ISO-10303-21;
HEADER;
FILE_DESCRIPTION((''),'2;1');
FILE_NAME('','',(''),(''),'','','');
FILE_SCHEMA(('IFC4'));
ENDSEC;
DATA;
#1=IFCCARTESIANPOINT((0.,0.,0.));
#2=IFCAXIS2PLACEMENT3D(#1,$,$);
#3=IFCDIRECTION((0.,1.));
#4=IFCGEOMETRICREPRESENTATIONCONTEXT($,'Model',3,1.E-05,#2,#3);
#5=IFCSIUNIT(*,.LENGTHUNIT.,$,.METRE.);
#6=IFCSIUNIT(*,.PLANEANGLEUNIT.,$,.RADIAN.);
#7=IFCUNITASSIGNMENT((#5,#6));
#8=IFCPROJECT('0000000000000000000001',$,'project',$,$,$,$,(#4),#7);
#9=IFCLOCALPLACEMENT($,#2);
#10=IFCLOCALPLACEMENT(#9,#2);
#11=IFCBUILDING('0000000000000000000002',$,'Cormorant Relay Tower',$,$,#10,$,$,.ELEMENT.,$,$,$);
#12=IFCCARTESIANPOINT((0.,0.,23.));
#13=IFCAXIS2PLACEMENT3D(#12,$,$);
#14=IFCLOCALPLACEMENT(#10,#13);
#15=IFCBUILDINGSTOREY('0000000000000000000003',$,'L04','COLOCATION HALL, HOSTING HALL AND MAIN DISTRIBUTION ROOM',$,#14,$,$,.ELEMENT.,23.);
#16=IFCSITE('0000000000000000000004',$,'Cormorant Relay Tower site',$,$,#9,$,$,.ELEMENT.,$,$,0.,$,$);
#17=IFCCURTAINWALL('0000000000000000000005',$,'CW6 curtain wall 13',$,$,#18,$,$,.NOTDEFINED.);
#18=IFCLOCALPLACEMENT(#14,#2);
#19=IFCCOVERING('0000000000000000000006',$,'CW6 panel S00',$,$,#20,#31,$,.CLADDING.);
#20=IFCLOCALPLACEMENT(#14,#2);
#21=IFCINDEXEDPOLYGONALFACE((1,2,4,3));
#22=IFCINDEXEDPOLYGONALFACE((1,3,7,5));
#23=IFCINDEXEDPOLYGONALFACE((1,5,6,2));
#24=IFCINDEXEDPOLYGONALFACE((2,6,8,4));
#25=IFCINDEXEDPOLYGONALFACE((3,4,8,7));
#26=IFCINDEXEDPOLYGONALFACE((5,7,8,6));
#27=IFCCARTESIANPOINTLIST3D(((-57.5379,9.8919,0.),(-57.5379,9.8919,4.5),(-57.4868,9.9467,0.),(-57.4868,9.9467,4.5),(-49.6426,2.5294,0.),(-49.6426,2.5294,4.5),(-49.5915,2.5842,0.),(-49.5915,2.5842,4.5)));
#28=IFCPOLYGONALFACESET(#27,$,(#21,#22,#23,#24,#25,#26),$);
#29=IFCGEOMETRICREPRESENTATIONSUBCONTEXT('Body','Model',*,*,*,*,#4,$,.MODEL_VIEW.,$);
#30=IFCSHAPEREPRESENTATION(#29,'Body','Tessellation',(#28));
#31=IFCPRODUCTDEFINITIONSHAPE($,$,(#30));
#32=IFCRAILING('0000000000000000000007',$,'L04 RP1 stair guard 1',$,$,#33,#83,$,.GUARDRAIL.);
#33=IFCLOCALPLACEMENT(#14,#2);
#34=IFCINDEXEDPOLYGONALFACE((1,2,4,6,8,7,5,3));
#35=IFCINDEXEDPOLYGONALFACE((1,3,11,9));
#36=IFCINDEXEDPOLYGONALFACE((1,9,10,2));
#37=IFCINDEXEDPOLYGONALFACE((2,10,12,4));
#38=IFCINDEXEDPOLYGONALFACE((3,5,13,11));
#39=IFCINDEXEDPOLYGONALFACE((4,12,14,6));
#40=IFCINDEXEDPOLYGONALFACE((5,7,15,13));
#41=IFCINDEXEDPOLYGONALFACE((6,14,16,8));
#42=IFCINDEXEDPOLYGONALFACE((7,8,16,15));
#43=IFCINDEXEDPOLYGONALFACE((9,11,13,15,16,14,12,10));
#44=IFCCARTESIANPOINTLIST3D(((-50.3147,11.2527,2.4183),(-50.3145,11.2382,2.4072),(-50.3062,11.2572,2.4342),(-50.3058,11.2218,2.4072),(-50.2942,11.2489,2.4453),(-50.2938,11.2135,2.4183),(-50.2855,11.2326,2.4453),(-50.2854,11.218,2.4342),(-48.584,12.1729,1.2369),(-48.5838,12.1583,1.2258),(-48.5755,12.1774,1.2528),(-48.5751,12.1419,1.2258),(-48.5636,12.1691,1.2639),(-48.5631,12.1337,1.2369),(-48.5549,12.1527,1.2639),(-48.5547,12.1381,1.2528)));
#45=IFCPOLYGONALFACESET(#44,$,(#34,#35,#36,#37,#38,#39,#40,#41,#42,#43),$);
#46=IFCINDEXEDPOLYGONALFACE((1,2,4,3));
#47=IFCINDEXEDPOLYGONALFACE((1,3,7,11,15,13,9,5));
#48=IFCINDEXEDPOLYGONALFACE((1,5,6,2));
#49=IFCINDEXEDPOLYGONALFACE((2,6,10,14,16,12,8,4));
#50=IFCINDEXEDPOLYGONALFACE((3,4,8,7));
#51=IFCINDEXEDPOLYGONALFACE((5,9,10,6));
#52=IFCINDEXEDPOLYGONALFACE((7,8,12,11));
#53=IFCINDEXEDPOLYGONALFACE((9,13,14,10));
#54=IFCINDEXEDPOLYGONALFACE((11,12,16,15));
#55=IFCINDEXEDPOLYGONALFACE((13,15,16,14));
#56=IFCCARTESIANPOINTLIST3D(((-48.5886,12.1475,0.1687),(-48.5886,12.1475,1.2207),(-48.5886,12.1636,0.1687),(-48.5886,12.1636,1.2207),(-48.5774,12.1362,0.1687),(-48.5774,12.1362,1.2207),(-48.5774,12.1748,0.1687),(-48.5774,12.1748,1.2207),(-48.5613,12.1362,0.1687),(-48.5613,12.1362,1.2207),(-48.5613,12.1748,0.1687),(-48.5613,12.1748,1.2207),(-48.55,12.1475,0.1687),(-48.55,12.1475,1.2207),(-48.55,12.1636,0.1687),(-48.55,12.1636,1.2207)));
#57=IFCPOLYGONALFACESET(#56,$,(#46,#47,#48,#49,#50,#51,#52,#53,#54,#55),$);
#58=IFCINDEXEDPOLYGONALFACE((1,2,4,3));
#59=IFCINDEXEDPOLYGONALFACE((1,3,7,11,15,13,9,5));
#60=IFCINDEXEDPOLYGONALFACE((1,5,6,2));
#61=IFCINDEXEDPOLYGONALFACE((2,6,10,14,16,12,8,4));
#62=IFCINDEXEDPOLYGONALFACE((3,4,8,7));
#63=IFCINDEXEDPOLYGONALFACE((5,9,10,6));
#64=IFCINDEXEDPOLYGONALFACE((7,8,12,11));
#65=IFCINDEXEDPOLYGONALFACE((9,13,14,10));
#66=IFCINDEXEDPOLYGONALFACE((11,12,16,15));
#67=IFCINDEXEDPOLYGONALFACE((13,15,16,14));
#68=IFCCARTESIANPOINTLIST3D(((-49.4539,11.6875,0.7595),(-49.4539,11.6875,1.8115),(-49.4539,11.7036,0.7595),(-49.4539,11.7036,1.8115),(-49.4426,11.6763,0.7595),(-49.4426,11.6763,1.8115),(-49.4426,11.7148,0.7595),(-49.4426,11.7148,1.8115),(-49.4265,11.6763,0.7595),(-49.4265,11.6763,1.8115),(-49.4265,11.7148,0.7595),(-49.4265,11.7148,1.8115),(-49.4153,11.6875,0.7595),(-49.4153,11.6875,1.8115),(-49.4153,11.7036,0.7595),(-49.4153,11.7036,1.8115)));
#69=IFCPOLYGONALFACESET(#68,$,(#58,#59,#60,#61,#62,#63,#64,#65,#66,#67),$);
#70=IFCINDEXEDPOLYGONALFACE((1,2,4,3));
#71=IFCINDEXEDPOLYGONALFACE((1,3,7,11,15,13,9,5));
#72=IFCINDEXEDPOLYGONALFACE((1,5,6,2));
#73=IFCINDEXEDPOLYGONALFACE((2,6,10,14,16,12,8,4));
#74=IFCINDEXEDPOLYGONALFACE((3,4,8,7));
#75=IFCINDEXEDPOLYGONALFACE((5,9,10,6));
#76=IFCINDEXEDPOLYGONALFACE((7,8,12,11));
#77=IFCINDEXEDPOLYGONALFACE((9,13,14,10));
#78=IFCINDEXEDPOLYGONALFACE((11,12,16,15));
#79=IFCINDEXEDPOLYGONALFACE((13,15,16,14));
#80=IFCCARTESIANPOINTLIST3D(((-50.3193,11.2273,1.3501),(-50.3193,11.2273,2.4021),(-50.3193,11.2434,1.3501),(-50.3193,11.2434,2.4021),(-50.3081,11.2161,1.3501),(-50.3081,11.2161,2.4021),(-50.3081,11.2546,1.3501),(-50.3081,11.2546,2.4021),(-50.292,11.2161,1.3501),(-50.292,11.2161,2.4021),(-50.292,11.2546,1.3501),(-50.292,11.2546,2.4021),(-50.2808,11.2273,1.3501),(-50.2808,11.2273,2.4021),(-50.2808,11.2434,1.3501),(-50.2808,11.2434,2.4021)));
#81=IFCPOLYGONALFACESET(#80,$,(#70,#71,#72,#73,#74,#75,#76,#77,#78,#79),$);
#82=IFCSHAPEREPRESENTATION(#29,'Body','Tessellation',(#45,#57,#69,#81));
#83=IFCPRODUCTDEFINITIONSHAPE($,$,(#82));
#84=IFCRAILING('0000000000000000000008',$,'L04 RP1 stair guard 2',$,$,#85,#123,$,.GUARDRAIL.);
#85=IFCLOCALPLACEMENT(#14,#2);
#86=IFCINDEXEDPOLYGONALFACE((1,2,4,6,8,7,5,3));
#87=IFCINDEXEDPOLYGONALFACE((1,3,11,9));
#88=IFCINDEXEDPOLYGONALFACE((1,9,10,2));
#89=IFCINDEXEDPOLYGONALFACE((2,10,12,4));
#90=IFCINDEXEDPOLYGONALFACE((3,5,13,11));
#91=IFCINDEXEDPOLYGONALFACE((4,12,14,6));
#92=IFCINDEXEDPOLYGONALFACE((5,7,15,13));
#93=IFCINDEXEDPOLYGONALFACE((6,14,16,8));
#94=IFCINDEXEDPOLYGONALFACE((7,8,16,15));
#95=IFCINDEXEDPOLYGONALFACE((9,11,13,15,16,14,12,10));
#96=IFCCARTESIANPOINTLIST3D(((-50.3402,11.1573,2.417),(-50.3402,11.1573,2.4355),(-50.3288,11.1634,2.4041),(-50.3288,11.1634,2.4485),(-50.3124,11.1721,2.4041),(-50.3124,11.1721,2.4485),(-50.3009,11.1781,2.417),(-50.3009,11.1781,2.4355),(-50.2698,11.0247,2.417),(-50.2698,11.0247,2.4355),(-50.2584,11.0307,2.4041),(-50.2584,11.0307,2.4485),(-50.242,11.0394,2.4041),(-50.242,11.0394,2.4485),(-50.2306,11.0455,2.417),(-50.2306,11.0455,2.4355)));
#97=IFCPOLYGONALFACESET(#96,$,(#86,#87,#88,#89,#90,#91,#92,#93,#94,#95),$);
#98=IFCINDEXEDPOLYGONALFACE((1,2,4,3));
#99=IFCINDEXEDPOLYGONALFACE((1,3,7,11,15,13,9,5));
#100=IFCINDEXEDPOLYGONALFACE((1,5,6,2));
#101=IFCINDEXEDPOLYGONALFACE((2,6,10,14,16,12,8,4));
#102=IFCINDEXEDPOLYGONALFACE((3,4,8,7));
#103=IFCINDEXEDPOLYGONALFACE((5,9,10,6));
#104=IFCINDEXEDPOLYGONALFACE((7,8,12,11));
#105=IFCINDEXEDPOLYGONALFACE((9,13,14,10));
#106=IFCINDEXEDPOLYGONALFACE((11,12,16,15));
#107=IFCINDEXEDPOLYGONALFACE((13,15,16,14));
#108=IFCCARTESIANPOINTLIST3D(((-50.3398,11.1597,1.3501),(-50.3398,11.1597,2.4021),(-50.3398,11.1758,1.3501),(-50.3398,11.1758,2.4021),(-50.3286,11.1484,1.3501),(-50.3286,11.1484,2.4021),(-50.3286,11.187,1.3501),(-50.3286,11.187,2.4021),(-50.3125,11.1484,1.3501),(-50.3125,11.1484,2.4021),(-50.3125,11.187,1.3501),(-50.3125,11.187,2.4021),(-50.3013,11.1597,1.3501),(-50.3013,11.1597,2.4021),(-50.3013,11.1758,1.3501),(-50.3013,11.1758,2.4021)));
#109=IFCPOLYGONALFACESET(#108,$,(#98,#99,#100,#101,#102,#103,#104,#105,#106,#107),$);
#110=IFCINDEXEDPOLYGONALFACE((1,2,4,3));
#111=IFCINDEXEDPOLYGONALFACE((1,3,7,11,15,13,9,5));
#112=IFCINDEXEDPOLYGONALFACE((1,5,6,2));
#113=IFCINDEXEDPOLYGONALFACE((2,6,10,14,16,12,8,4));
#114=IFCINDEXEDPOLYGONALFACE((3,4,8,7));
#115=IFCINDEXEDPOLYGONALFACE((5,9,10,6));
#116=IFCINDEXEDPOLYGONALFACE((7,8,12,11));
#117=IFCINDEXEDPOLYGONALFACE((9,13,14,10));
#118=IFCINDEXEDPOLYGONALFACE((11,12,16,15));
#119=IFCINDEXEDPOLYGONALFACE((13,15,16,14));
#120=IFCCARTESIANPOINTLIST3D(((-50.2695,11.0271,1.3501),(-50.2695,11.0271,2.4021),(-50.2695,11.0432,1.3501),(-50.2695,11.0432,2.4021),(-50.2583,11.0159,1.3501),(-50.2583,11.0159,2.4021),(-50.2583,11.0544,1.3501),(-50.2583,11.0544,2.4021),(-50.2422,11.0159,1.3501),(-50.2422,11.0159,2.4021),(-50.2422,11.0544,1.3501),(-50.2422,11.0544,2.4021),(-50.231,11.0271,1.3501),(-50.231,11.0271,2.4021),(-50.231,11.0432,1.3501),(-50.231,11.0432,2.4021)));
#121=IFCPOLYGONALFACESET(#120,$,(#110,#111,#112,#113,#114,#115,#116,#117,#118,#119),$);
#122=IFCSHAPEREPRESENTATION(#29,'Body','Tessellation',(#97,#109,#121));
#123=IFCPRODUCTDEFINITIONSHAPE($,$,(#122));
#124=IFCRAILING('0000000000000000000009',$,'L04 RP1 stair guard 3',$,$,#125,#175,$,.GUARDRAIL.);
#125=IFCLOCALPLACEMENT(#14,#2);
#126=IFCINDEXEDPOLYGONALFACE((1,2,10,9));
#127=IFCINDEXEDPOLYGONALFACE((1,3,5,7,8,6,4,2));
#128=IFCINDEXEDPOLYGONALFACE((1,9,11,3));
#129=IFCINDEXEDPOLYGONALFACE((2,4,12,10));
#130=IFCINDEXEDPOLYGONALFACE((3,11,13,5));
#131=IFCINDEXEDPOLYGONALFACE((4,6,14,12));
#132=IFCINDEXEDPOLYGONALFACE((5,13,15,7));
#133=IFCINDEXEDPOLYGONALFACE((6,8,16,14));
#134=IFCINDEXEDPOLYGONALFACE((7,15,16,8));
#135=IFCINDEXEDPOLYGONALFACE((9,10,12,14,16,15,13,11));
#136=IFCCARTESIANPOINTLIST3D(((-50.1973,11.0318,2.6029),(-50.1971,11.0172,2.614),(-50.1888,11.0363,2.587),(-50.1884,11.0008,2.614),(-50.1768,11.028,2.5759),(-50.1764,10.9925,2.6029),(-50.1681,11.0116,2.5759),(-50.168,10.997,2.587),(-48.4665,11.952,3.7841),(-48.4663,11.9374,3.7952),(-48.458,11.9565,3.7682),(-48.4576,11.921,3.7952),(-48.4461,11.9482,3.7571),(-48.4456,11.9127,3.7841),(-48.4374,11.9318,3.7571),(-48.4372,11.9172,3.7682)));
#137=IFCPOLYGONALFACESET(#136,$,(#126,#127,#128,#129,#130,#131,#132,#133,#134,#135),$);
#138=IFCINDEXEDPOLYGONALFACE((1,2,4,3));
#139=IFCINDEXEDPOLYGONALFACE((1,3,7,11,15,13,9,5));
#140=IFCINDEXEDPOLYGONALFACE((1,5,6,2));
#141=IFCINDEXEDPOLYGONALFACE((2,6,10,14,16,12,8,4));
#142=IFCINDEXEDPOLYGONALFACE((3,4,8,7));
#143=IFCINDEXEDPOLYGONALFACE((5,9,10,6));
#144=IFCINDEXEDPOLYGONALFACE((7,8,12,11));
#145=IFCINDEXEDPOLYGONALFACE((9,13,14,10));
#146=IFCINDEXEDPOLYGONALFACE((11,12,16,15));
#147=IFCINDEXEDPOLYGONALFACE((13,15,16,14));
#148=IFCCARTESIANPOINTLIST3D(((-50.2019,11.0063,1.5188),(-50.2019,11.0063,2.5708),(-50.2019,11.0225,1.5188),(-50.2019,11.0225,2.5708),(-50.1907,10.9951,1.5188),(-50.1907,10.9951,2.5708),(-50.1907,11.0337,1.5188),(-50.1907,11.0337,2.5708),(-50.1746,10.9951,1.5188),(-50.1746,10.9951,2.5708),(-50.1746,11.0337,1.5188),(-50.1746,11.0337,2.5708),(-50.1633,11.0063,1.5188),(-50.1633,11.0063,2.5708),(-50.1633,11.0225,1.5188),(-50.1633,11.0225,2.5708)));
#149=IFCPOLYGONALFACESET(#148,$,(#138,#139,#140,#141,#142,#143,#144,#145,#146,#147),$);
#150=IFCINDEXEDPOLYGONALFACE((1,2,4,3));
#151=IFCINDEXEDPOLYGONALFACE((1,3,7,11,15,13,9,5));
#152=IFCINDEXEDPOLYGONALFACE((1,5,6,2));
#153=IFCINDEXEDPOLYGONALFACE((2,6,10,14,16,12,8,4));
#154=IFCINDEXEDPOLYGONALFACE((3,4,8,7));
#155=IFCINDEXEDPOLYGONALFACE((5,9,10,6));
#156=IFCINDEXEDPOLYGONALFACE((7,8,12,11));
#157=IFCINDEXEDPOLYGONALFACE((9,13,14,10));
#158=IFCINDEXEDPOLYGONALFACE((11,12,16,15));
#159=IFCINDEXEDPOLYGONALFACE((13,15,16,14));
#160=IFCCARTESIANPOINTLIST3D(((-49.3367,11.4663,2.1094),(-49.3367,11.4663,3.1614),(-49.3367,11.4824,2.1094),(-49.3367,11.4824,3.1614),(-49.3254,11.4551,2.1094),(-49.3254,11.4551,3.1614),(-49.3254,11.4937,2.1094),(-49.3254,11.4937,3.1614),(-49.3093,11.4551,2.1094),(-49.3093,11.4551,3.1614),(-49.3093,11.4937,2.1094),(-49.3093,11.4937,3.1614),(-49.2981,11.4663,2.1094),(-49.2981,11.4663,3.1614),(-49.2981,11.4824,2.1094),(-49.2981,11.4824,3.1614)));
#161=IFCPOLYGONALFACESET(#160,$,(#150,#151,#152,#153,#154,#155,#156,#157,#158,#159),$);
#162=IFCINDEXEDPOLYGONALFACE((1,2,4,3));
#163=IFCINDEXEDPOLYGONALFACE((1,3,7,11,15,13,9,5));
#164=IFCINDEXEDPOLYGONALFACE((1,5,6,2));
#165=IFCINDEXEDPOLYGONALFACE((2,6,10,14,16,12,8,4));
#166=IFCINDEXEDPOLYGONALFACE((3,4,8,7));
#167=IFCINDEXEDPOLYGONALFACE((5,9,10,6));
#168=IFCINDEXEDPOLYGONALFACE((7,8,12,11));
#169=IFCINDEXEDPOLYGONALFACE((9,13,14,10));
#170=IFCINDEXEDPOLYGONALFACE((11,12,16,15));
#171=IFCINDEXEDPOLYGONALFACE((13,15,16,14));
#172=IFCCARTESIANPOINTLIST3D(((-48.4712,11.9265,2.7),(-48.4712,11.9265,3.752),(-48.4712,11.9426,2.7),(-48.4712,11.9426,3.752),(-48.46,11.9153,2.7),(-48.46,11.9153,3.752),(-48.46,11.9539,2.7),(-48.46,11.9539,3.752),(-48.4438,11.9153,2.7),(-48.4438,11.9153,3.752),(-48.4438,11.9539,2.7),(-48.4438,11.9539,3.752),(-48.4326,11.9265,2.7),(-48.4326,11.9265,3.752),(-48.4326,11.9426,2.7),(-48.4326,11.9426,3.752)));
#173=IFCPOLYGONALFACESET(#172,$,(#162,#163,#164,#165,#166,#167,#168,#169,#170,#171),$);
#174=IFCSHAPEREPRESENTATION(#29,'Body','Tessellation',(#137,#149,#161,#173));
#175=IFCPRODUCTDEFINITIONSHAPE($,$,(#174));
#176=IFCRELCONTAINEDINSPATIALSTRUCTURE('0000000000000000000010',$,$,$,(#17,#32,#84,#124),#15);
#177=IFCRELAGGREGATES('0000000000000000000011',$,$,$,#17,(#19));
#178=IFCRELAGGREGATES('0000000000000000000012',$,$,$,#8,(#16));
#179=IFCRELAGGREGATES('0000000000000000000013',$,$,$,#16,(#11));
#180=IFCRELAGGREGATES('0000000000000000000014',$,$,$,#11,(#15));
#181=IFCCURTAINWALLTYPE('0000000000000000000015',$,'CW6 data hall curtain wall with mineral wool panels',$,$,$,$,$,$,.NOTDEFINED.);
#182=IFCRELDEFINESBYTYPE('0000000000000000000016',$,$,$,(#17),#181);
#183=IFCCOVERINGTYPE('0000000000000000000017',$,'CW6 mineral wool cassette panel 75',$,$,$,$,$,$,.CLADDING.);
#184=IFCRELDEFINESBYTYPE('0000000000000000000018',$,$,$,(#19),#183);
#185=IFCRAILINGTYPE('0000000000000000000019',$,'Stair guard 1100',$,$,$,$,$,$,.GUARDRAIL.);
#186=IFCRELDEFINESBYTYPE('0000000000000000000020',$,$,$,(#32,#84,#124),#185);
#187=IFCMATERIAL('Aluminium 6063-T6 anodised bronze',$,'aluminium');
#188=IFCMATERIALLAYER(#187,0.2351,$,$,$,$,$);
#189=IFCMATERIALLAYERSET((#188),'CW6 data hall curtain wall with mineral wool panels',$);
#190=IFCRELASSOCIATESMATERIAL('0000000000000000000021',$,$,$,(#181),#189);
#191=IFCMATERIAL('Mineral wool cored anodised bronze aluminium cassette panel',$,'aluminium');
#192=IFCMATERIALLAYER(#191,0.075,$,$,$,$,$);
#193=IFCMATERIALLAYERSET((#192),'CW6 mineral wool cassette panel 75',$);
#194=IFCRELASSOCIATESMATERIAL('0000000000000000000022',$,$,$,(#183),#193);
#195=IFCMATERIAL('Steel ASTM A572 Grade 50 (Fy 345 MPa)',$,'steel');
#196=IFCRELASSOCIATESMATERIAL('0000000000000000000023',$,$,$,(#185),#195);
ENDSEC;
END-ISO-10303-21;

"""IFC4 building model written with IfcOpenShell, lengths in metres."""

from ifc_helpers import new_model, si_unit, direction, frame, origin, origin_2d, place, context, subcontext, project, spatial, polyline, rectangle, outline, extrude, material, layer, layer_set, type_object, element, aggregate, save


model = new_model("IFC4")

# Units and contexts
model_context = context("Model", 3, precision=1e-05, world=origin(), true_north=direction((0.0, 1.0)))
body_context = subcontext(model_context, "Body", "Model", "MODEL_VIEW")
ifc_project = project(units=[si_unit("LENGTHUNIT", "METRE"), si_unit("PLANEANGLEUNIT", "RADIAN")], contexts=[model_context])

# Site, building, storey
site_placement = place(None, origin())
site = spatial("IfcSite", under=ifc_project, at=site_placement, Name="Cormorant Relay Tower site", CompositionType="ELEMENT", RefElevation=0.0)
building_placement = place(site_placement, origin())
building = spatial("IfcBuilding", under=site, at=building_placement, Name="Cormorant Relay Tower", CompositionType="ELEMENT")
storey_placement = place(building_placement, frame((0.0, 0.0, 23.0)))
storey = spatial("IfcBuildingStorey", under=building, at=storey_placement, Name="L04", Description="COLOCATION HALL, HOSTING HALL AND MAIN DISTRIBUTION ROOM", CompositionType="ELEMENT", Elevation=23.0)

# Curtain wall
ifc_material_1 = material(Name="Aluminium 6063-T6 anodised bronze", Category="aluminium")
ifc_layer_1 = layer(ifc_material_1, 0.2351)
ifc_layer_set_1 = layer_set([ifc_layer_1], Name="CW6 data hall curtain wall with mineral wool panels")
curtain_wall_type = type_object("IfcCurtainWallType", Name="CW6 data hall curtain wall with mineral wool panels", PredefinedType="NOTDEFINED", material=ifc_layer_set_1)
curtain_wall_1_placement = place(storey_placement, origin())
curtain_wall_1 = element("IfcCurtainWall", 1, at=curtain_wall_1_placement, inside=storey, type_object=curtain_wall_type, Name="CW6 curtain wall 13", PredefinedType="NOTDEFINED")

# Covering
ifc_material_2 = material(Name="Mineral wool cored anodised bronze aluminium cassette panel", Category="aluminium")
ifc_layer_2 = layer(ifc_material_2, 0.075)
ifc_layer_set_2 = layer_set([ifc_layer_2], Name="CW6 mineral wool cassette panel 75")
covering_type = type_object("IfcCoveringType", Name="CW6 mineral wool cassette panel 75", PredefinedType="CLADDING", material=ifc_layer_set_2)
covering_1_placement = place(storey_placement, frame((-53.5647, 6.238, 0.0), z_axis=(0.0, 0.0, 1.0), x_axis=(0.731354, -0.681998, 0.0)))
covering_1 = element("IfcCovering", 2, at=covering_1_placement, type_object=covering_type, Name="CW6 panel S00", PredefinedType="CLADDING", context=body_context, shape_type="SweptSolid", body=[
    extrude(rectangle(XDim=10.7954, YDim=0.075, at=origin_2d()), origin(), (0.0, 0.0, 1.0), 4.5),
])
aggregate(curtain_wall_1, [covering_1])

# Railings
ifc_material_3 = material(Name="Steel ASTM A572 Grade 50 (Fy 345 MPa)", Category="steel")
railing_type_1 = type_object("IfcRailingType", Name="Stair guard 1100", PredefinedType="GUARDRAIL", material=ifc_material_3)
railing_1_placement = place(storey_placement, frame((-48.5693, 12.1555, 0.1687)))
element("IfcRailing", 3, at=railing_1_placement, inside=storey, type_object=railing_type_1, Name="L04 RP1 stair guard 1", PredefinedType="GUARDRAIL", context=body_context, shape_type="SweptSolid", body=[
    extrude(outline(polyline([(0.0222, 0.0093), (0.0093, 0.0222), (-0.0093, 0.0222), (-0.0222, 0.0093), (-0.0222, -0.0093), (-0.0093, -0.0222), (0.0093, -0.0222), (0.0222, -0.0093), (0.0222, 0.0093)])), frame((0.0, 0.0, 1.0762), z_axis=(-0.756226, -0.402062, 0.516205), x_axis=(0.469444, -0.882962, 0.0)), (0.0, 0.0, 1.0), 2.2886),
    extrude(outline(polyline([(0.0193, 0.0081), (0.0081, 0.0193), (-0.0081, 0.0193), (-0.0193, 0.0081), (-0.0193, -0.0081), (-0.0081, -0.0193), (0.0081, -0.0193), (0.0193, -0.0081), (0.0193, 0.0081)])), origin(), (0.0, 0.0, 1.0), 1.052),
    extrude(outline(polyline([(0.0193, 0.0081), (0.0081, 0.0193), (-0.0081, 0.0193), (-0.0193, 0.0081), (-0.0193, -0.0081), (-0.0081, -0.0193), (0.0081, -0.0193), (0.0193, -0.0081), (0.0193, 0.0081)])), frame((-0.8652, -0.46, 0.5908)), (0.0, 0.0, 1.0), 1.052),
    extrude(outline(polyline([(0.0193, 0.0081), (0.0081, 0.0193), (-0.0081, 0.0193), (-0.0193, 0.0081), (-0.0193, -0.0081), (-0.0081, -0.0193), (0.0081, -0.0193), (0.0193, -0.0081), (0.0193, 0.0081)])), frame((-1.7307, -0.9202, 1.1814)), (0.0, 0.0, 1.0), 1.052),
])
railing_2_placement = place(storey_placement, frame((-50.3206, 11.1677, 1.3501)))
element("IfcRailing", 4, at=railing_2_placement, inside=storey, type_object=railing_type_1, Name="L04 RP1 stair guard 2", PredefinedType="GUARDRAIL", context=body_context, shape_type="SweptSolid", body=[
    extrude(outline(polyline([(0.0222, 0.0093), (0.0093, 0.0222), (-0.0093, 0.0222), (-0.0222, 0.0093), (-0.0222, -0.0093), (-0.0093, -0.0222), (0.0093, -0.0222), (0.0222, -0.0093), (0.0222, 0.0093)])), frame((0.0, 0.0, 1.0762), z_axis=(0.46856, -0.883431, 0.0), x_axis=(0.883431, 0.46856, 0.0)), (0.0, 0.0, 1.0), 0.1501),
    extrude(outline(polyline([(0.0193, 0.0081), (0.0081, 0.0193), (-0.0081, 0.0193), (-0.0193, 0.0081), (-0.0193, -0.0081), (-0.0081, -0.0193), (0.0081, -0.0193), (0.0193, -0.0081), (0.0193, 0.0081)])), origin(), (0.0, 0.0, 1.0), 1.052),
    extrude(outline(polyline([(0.0193, 0.0081), (0.0081, 0.0193), (-0.0081, 0.0193), (-0.0193, 0.0081), (-0.0193, -0.0081), (-0.0081, -0.0193), (0.0081, -0.0193), (0.0193, -0.0081), (0.0193, 0.0081)])), frame((0.0703, -0.1326, 0.0)), (0.0, 0.0, 1.0), 1.052),
])
railing_3_placement = place(storey_placement, frame((-50.1826, 11.0144, 1.5188)))
element("IfcRailing", 5, at=railing_3_placement, inside=storey, type_object=railing_type_1, Name="L04 RP1 stair guard 3", PredefinedType="GUARDRAIL", context=body_context, shape_type="SweptSolid", body=[
    extrude(outline(polyline([(0.0222, 0.0093), (0.0093, 0.0222), (-0.0093, 0.0222), (-0.0222, 0.0093), (-0.0222, -0.0093), (-0.0093, -0.0222), (0.0093, -0.0222), (0.0222, -0.0093), (0.0222, 0.0093)])), frame((0.0, 0.0, 1.0762), z_axis=(0.756268, 0.402084, 0.516127), x_axis=(-0.469444, 0.882962, 0.0)), (0.0, 0.0, 1.0), 2.2886),
    extrude(outline(polyline([(0.0193, 0.0081), (0.0081, 0.0193), (-0.0081, 0.0193), (-0.0193, 0.0081), (-0.0193, -0.0081), (-0.0081, -0.0193), (0.0081, -0.0193), (0.0193, -0.0081), (0.0193, 0.0081)])), origin(), (0.0, 0.0, 1.0), 1.052),
    extrude(outline(polyline([(0.0193, 0.0081), (0.0081, 0.0193), (-0.0081, 0.0193), (-0.0193, 0.0081), (-0.0193, -0.0081), (-0.0081, -0.0193), (0.0081, -0.0193), (0.0193, -0.0081), (0.0193, 0.0081)])), frame((0.8652, 0.46, 0.5906)), (0.0, 0.0, 1.0), 1.052),
    extrude(outline(polyline([(0.0193, 0.0081), (0.0081, 0.0193), (-0.0081, 0.0193), (-0.0193, 0.0081), (-0.0193, -0.0081), (-0.0081, -0.0193), (0.0081, -0.0193), (0.0193, -0.0081), (0.0193, 0.0081)])), frame((1.7307, 0.9202, 1.1812)), (0.0, 0.0, 1.0), 1.052),
])

save(model, "model.ifc")
